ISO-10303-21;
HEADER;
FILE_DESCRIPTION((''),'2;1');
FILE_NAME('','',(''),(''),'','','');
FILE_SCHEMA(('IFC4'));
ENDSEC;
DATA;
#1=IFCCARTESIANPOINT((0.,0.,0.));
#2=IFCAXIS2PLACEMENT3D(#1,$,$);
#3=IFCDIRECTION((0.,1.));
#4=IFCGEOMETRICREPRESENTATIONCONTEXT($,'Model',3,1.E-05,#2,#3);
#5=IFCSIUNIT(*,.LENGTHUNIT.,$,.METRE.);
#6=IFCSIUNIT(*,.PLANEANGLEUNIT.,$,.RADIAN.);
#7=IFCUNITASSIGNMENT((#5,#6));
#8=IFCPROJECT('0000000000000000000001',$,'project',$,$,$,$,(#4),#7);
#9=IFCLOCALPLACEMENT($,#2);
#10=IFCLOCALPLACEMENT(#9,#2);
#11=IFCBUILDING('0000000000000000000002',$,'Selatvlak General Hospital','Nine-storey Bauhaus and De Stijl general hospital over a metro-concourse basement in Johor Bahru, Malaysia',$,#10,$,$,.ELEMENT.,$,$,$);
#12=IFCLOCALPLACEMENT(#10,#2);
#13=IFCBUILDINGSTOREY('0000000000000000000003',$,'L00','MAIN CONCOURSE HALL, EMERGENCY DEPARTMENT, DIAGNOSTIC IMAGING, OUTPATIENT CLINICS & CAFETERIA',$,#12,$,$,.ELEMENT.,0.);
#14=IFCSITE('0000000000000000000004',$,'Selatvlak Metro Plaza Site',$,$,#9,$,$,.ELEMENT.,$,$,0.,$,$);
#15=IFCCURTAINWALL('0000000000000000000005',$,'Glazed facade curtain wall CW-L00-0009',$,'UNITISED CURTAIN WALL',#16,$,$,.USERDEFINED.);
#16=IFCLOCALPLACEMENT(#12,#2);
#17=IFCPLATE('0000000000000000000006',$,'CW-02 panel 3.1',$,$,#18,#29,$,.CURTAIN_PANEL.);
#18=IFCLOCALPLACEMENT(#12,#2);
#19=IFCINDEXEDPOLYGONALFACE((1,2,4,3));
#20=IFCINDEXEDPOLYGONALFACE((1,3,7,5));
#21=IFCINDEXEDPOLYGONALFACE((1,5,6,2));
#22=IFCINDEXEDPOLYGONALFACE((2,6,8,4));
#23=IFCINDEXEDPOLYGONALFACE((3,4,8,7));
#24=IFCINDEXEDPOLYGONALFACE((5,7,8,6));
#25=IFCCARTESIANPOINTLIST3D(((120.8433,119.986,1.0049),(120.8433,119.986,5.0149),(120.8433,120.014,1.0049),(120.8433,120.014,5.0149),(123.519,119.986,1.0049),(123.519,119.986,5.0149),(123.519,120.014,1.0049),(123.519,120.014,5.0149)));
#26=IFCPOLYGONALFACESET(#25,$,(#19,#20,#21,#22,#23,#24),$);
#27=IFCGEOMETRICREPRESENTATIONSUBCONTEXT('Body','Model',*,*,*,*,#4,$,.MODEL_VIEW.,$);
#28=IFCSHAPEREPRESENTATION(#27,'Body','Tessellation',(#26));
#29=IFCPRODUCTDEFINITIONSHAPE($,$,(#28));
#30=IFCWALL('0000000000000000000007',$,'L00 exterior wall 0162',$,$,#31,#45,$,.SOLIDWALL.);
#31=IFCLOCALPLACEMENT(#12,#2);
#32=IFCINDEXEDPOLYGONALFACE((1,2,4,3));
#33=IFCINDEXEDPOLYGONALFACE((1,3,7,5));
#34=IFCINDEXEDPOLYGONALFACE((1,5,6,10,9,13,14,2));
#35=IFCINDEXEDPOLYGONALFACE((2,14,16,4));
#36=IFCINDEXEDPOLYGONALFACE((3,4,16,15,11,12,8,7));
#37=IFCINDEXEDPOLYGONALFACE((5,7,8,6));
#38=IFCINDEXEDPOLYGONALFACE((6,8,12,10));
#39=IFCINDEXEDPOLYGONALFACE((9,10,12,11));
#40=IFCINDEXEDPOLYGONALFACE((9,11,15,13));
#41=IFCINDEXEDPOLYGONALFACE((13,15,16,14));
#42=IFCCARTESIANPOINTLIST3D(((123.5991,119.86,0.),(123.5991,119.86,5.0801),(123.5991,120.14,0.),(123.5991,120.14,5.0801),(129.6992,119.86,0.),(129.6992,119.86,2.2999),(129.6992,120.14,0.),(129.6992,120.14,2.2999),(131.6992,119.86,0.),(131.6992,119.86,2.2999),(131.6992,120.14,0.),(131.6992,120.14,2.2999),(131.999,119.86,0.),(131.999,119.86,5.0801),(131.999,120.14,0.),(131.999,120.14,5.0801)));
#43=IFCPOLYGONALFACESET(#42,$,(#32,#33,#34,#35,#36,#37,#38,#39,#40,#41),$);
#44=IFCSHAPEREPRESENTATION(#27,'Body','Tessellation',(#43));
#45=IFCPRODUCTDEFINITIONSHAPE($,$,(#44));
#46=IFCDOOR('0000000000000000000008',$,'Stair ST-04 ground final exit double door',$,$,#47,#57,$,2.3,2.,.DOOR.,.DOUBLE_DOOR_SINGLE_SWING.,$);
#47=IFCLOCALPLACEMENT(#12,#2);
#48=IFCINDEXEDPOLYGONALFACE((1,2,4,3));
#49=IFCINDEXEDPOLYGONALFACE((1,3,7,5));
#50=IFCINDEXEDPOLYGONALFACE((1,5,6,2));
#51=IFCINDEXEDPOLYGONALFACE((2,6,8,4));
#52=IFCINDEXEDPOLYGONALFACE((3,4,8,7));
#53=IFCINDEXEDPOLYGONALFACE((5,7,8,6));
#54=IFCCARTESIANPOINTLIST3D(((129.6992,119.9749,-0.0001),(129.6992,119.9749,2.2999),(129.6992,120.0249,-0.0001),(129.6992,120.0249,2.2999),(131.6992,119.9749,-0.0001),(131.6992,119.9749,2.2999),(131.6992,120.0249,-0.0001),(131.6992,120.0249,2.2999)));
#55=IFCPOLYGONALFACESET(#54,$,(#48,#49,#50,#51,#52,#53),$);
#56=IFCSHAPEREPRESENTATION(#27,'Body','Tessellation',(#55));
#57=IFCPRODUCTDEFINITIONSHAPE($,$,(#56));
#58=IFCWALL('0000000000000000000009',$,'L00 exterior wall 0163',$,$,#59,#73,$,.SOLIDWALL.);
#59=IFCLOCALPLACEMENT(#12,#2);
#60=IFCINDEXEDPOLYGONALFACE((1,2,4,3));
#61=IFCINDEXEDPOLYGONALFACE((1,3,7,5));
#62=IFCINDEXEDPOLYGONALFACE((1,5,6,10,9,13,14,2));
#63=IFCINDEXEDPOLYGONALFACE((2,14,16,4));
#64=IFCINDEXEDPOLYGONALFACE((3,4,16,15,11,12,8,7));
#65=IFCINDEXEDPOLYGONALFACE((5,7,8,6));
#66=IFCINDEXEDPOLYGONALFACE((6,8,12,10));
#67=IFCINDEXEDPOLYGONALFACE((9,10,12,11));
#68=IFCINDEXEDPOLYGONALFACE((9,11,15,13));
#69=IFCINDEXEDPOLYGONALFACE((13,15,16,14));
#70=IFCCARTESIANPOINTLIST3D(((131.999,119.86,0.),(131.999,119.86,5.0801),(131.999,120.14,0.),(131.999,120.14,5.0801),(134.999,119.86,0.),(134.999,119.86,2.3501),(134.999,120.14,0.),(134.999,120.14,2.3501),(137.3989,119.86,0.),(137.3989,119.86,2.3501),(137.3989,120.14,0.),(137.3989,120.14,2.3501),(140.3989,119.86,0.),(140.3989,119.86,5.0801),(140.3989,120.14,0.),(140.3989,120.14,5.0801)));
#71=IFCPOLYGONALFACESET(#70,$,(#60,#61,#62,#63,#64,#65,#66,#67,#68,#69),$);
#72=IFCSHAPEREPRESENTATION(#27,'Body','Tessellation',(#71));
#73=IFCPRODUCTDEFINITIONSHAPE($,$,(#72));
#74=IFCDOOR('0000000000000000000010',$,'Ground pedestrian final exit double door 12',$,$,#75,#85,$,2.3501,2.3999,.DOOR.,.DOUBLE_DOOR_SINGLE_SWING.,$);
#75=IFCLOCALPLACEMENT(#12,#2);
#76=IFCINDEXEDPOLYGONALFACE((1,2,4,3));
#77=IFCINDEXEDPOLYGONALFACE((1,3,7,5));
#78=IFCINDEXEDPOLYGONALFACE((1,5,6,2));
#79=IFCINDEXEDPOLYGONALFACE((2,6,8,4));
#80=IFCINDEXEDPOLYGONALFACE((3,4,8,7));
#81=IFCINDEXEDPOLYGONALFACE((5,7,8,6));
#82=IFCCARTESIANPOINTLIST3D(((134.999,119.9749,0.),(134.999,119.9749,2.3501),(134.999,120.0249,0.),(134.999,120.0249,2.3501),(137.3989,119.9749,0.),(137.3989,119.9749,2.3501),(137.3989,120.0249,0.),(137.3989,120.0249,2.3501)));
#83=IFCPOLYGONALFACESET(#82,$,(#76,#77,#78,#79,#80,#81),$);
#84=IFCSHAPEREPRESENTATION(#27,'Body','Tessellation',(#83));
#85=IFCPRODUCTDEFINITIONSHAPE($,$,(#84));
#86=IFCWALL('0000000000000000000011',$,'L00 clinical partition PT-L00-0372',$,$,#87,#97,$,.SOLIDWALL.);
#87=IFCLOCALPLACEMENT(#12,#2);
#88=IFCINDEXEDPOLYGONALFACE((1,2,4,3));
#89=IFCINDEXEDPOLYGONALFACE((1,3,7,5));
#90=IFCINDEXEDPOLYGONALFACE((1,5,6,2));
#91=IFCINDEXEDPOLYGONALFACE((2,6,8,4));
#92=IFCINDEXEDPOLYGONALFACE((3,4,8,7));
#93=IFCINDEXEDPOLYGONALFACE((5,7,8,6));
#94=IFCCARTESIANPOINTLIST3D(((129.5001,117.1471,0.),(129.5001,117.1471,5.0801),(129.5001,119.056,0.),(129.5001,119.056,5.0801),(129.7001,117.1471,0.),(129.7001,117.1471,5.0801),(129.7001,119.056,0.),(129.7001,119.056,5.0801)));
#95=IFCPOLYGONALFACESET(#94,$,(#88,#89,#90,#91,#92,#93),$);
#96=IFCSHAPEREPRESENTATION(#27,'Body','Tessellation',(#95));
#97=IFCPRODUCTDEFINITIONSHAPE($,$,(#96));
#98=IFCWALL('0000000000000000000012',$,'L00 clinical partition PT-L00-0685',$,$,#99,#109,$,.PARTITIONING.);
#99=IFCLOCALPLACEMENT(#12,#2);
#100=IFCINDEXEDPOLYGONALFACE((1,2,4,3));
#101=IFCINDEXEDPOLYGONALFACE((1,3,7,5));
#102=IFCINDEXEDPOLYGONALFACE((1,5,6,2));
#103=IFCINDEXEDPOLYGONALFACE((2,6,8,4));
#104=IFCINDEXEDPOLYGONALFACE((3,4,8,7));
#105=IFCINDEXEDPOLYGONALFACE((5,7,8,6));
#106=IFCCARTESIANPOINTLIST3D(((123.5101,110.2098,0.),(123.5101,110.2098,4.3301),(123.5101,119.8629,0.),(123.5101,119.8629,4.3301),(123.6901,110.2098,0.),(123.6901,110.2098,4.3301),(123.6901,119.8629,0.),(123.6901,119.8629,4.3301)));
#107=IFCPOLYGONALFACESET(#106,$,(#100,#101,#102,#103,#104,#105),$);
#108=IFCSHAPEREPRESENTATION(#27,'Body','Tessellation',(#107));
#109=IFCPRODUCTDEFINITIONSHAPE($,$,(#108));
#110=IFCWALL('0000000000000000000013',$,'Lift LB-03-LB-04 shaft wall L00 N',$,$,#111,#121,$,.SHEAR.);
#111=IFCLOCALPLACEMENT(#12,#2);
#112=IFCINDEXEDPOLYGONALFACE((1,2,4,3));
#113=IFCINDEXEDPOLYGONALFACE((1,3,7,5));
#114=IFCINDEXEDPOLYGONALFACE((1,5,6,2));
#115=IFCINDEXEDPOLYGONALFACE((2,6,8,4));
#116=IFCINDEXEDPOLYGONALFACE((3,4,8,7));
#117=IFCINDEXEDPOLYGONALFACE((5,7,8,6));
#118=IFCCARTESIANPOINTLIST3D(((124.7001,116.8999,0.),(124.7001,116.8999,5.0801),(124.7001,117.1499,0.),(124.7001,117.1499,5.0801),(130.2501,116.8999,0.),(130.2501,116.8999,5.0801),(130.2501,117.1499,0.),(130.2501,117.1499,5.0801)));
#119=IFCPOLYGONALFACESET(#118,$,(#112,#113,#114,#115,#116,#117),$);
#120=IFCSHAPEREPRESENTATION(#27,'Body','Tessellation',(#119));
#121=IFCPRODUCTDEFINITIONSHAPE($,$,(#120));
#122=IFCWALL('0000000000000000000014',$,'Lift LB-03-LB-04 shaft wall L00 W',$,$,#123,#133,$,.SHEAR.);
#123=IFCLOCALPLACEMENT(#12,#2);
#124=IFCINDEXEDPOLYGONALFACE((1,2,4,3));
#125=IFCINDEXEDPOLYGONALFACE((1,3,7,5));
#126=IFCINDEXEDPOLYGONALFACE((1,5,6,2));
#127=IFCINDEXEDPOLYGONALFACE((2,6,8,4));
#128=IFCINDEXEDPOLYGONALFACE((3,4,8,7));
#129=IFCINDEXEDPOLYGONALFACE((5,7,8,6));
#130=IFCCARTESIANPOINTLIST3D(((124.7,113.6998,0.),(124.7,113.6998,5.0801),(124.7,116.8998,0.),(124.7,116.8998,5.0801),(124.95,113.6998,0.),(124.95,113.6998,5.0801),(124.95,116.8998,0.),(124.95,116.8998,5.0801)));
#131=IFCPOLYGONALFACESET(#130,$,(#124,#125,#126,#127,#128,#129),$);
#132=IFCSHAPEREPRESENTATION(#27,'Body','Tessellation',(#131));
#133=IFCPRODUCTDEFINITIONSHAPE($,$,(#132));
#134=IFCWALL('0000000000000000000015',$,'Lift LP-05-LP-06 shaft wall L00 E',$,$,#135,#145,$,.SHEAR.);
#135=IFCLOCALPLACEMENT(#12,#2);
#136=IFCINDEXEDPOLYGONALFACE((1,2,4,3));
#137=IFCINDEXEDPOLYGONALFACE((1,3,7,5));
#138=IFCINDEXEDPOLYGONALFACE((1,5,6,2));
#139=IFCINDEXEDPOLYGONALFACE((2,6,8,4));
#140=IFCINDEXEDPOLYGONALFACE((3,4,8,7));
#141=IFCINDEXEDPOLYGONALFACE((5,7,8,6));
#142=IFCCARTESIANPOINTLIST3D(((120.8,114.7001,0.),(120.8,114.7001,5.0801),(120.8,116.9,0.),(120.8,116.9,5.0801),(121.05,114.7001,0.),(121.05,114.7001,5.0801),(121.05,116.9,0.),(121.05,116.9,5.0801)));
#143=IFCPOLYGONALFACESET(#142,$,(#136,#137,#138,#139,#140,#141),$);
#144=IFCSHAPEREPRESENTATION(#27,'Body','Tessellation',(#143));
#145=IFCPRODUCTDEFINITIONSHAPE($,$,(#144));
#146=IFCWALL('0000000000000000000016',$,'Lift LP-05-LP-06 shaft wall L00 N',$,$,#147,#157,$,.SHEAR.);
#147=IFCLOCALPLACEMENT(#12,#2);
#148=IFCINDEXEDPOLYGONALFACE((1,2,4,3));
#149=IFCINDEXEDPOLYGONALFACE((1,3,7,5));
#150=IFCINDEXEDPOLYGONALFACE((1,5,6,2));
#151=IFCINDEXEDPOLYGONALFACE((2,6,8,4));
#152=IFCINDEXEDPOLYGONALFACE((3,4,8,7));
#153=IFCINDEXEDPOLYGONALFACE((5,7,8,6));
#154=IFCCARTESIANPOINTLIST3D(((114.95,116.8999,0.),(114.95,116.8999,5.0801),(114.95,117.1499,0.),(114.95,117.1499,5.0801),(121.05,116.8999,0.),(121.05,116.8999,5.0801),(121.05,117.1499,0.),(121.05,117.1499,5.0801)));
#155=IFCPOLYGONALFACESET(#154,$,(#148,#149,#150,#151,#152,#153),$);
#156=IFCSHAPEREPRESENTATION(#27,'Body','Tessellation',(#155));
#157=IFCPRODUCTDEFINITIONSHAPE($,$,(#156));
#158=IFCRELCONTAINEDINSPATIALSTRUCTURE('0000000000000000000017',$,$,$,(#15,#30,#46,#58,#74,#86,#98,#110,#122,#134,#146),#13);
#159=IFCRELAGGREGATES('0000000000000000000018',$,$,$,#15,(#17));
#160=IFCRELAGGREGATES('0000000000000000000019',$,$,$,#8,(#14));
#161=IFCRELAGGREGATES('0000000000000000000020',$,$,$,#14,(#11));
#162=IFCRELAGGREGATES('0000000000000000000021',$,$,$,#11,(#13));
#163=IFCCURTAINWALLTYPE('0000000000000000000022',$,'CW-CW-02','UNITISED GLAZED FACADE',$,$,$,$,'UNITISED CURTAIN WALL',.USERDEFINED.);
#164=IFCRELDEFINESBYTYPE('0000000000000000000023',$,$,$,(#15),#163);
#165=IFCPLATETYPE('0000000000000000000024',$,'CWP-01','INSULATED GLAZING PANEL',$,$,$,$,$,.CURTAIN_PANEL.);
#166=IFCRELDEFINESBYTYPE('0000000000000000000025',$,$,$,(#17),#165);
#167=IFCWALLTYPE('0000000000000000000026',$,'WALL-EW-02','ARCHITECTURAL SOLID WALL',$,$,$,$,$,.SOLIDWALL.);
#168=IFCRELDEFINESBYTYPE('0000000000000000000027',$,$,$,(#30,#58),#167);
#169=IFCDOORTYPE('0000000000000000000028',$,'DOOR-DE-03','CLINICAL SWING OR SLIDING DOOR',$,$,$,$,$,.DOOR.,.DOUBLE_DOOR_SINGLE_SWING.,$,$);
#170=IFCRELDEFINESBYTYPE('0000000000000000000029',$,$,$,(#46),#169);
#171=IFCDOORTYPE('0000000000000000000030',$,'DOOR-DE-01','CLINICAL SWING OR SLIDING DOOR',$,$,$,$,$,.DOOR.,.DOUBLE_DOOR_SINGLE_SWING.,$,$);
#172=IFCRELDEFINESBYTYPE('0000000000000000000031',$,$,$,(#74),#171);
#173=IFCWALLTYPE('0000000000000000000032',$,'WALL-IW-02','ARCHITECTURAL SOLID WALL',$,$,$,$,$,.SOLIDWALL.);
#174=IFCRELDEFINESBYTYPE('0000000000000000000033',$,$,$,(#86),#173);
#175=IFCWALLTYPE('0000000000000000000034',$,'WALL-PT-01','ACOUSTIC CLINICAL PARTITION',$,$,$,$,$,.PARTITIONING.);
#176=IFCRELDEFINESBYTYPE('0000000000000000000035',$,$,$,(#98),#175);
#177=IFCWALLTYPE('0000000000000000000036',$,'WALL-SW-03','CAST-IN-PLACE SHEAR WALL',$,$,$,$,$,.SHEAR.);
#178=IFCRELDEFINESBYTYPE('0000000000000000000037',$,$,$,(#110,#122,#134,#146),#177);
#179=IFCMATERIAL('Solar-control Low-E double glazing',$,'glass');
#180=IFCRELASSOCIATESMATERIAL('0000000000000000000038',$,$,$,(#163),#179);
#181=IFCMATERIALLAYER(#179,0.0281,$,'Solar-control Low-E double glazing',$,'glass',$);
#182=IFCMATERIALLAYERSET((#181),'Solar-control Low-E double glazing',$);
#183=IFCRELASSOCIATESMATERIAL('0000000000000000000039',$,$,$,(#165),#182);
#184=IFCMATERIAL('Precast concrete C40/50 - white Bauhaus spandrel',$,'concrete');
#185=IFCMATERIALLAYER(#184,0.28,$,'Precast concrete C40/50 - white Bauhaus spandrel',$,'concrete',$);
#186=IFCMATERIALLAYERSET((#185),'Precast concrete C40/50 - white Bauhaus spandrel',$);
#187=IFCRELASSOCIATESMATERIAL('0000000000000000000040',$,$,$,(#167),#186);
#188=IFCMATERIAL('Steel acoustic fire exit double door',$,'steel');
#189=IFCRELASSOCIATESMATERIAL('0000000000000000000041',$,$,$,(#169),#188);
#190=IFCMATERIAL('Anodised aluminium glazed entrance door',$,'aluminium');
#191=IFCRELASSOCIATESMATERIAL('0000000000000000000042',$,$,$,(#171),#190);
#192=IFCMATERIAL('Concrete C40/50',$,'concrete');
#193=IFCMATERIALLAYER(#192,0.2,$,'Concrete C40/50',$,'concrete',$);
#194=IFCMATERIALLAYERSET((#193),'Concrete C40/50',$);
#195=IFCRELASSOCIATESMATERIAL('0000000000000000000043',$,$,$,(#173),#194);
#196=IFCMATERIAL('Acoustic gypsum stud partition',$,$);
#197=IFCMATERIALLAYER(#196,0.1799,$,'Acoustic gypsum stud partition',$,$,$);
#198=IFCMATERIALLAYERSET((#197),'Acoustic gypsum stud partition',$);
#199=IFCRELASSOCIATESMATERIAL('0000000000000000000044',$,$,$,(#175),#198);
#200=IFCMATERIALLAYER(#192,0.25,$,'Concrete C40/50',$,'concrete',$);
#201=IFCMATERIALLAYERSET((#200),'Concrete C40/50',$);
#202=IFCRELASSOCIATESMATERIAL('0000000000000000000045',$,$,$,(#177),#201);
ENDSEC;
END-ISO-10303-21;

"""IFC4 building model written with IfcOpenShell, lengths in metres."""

from ifc_helpers import new_model, si_unit, direction, frame, frame_2d, origin, origin_2d, place, context, subcontext, project, spatial, rectangle, extrude, material, layer, layer_set, type_object, element, fill, aggregate, save


model = new_model("IFC4")

# Units and contexts
model_context = context("Model", 3, precision=1e-05, world=origin(), true_north=direction((0.0, 1.0)))
body_context = subcontext(model_context, "Body", "Model", "MODEL_VIEW")
ifc_project = project(units=[si_unit("LENGTHUNIT", "METRE"), si_unit("PLANEANGLEUNIT", "RADIAN")], contexts=[model_context])

# Site, building, storey
site_placement = place(None, origin())
site = spatial("IfcSite", under=ifc_project, at=site_placement, Name="Selatvlak Metro Plaza Site", CompositionType="ELEMENT", RefElevation=0.0)
building_placement = place(site_placement, origin())
building = spatial("IfcBuilding", under=site, at=building_placement, Name="Selatvlak General Hospital", Description="Nine-storey Bauhaus and De Stijl general hospital over a metro-concourse basement in Johor Bahru, Malaysia", CompositionType="ELEMENT")
storey_placement = place(building_placement, origin())
storey = spatial("IfcBuildingStorey", under=building, at=storey_placement, Name="L00", Description="MAIN CONCOURSE HALL, EMERGENCY DEPARTMENT, DIAGNOSTIC IMAGING, OUTPATIENT CLINICS & CAFETERIA", CompositionType="ELEMENT", Elevation=0.0)

# Shared definitions
ifc_material_1 = material(Name="Concrete C40/50", Category="concrete")

# Curtain wall, plate
ifc_material_2 = material(Name="Solar-control Low-E double glazing", Category="glass")
curtain_wall_type = type_object("IfcCurtainWallType", Name="CW-CW-02", Description="UNITISED GLAZED FACADE", ElementType="UNITISED CURTAIN WALL", PredefinedType="USERDEFINED", material=ifc_material_2)
curtain_wall_placement = place(storey_placement, origin())
curtain_wall = element("IfcCurtainWall", 1, at=curtain_wall_placement, inside=storey, type_object=curtain_wall_type, Name="Glazed facade curtain wall CW-L00-0009", ObjectType="UNITISED CURTAIN WALL", PredefinedType="USERDEFINED")
ifc_layer_1 = layer(ifc_material_2, 0.0281, Name="Solar-control Low-E double glazing", Category="glass")
ifc_layer_set_1 = layer_set([ifc_layer_1], Name="Solar-control Low-E double glazing")
plate_type = type_object("IfcPlateType", Name="CWP-01", Description="INSULATED GLAZING PANEL", PredefinedType="CURTAIN_PANEL", material=ifc_layer_set_1)
plate_1_placement = place(storey_placement, frame((122.1812, 120.0, 1.0049), z_axis=(0.0, 0.0, 1.0), x_axis=(1.0, 0.0, 0.0)))
plate_1 = element("IfcPlate", 2, at=plate_1_placement, type_object=plate_type, Name="CW-02 panel 3.1", PredefinedType="CURTAIN_PANEL", context=body_context, shape_type="SweptSolid", body=[
    extrude(rectangle(XDim=2.6758, YDim=0.0281, at=origin_2d()), origin(), (0.0, 0.0, 1.0), 4.01),
])
aggregate(curtain_wall, [plate_1])

# Walls, openings, doors
ifc_material_3 = material(Name="Precast concrete C40/50 - white Bauhaus spandrel", Category="concrete")
ifc_layer_2 = layer(ifc_material_3, 0.28, Name="Precast concrete C40/50 - white Bauhaus spandrel", Category="concrete")
ifc_layer_set_2 = layer_set([ifc_layer_2], Name="Precast concrete C40/50 - white Bauhaus spandrel")
wall_type_1 = type_object("IfcWallType", Name="WALL-EW-02", Description="ARCHITECTURAL SOLID WALL", PredefinedType="SOLIDWALL", material=ifc_layer_set_2)
wall_1_placement = place(storey_placement, frame((123.5991, 120.0, 0.0), z_axis=(0.0, 0.0, 1.0), x_axis=(1.0, 0.0, 0.0)))
wall_1 = element("IfcWall", 3, at=wall_1_placement, inside=storey, type_object=wall_type_1, Name="L00 exterior wall 0162", PredefinedType="SOLIDWALL", context=body_context, shape_type="SweptSolid", body=[
    extrude(rectangle(XDim=8.3999, YDim=0.28, at=frame_2d((4.2, 0.0))), origin(), (0.0, 0.0, 1.0), 5.0801),
])
opening_1_placement = place(wall_1_placement, frame((6.1001, 0.0, 0.0)))
opening_1 = element("IfcOpeningElement", 4, at=opening_1_placement, cuts=wall_1, PredefinedType="OPENING", context=body_context, shape_type="SweptSolid", body=[
    extrude(rectangle(XDim=2.0, YDim=2.3, at=frame_2d((1.0, 1.1499))), frame((0.0, 0.1499, 0.0), z_axis=(0.0, -1.0, 0.0), x_axis=(1.0, 0.0, 0.0)), (0.0, 0.0, 1.0), 0.3),
])
ifc_material_4 = material(Name="Steel acoustic fire exit double door", Category="steel")
door_type_1 = type_object("IfcDoorType", Name="DOOR-DE-03", Description="CLINICAL SWING OR SLIDING DOOR", OperationType="DOUBLE_DOOR_SINGLE_SWING", PredefinedType="DOOR", material=ifc_material_4)
door_1_placement = place(opening_1_placement, origin())
door_1 = element("IfcDoor", 5, at=door_1_placement, inside=storey, type_object=door_type_1, Name="Stair ST-04 ground final exit double door", OperationType="DOUBLE_DOOR_SINGLE_SWING", OverallHeight=2.3, OverallWidth=2.0, PredefinedType="DOOR", context=body_context, shape_type="SweptSolid", body=[
    extrude(rectangle(XDim=2.0, YDim=2.3, at=frame_2d((1.0, 1.1499))), frame((0.0, 0.0249, 0.0), z_axis=(0.0, -1.0, 0.0), x_axis=(1.0, 0.0, 0.0)), (0.0, 0.0, 1.0), 0.05),
])
fill(opening_1, door_1)
wall_2_placement = place(storey_placement, frame((131.999, 120.0, 0.0), z_axis=(0.0, 0.0, 1.0), x_axis=(1.0, 0.0, 0.0)))
wall_2 = element("IfcWall", 6, at=wall_2_placement, inside=storey, type_object=wall_type_1, Name="L00 exterior wall 0163", PredefinedType="SOLIDWALL", context=body_context, shape_type="SweptSolid", body=[
    extrude(rectangle(XDim=8.3999, YDim=0.28, at=frame_2d((4.2, 0.0))), origin(), (0.0, 0.0, 1.0), 5.0801),
])
opening_2_placement = place(wall_2_placement, frame((3.0, 0.0, 0.0)))
opening_2 = element("IfcOpeningElement", 7, at=opening_2_placement, cuts=wall_2, PredefinedType="OPENING", context=body_context, shape_type="SweptSolid", body=[
    extrude(rectangle(XDim=2.3999, YDim=2.3501, at=frame_2d((1.2, 1.175))), frame((0.0, 0.1499, 0.0), z_axis=(0.0, -1.0, 0.0), x_axis=(1.0, 0.0, 0.0)), (0.0, 0.0, 1.0), 0.3),
])
ifc_material_5 = material(Name="Anodised aluminium glazed entrance door", Category="aluminium")
door_type_2 = type_object("IfcDoorType", Name="DOOR-DE-01", Description="CLINICAL SWING OR SLIDING DOOR", OperationType="DOUBLE_DOOR_SINGLE_SWING", PredefinedType="DOOR", material=ifc_material_5)
door_2_placement = place(opening_2_placement, origin())
door_2 = element("IfcDoor", 8, at=door_2_placement, inside=storey, type_object=door_type_2, Name="Ground pedestrian final exit double door 12", OperationType="DOUBLE_DOOR_SINGLE_SWING", OverallHeight=2.3501, OverallWidth=2.3999, PredefinedType="DOOR", context=body_context, shape_type="SweptSolid", body=[
    extrude(rectangle(XDim=2.3999, YDim=2.3501, at=frame_2d((1.2, 1.175))), frame((0.0, 0.0249, 0.0), z_axis=(0.0, -1.0, 0.0), x_axis=(1.0, 0.0, 0.0)), (0.0, 0.0, 1.0), 0.05),
])
fill(opening_2, door_2)

# Walls
ifc_layer_3 = layer(ifc_material_1, 0.2, Name="Concrete C40/50", Category="concrete")
ifc_layer_set_3 = layer_set([ifc_layer_3], Name="Concrete C40/50")
wall_type_2 = type_object("IfcWallType", Name="WALL-IW-02", Description="ARCHITECTURAL SOLID WALL", PredefinedType="SOLIDWALL", material=ifc_layer_set_3)
wall_3_placement = place(storey_placement, frame((129.6001, 117.147, 0.0), z_axis=(0.0, 0.0, 1.0), x_axis=(0.0, 1.0, 0.0)))
element("IfcWall", 9, at=wall_3_placement, inside=storey, type_object=wall_type_2, Name="L00 clinical partition PT-L00-0372", PredefinedType="SOLIDWALL", context=body_context, shape_type="SweptSolid", body=[
    extrude(rectangle(XDim=1.9089, YDim=0.2, at=frame_2d((0.9546, 0.0))), origin(), (0.0, 0.0, 1.0), 5.0801),
])
ifc_material_6 = material(Name="Acoustic gypsum stud partition")
ifc_layer_4 = layer(ifc_material_6, 0.1799, Name="Acoustic gypsum stud partition")
ifc_layer_set_4 = layer_set([ifc_layer_4], Name="Acoustic gypsum stud partition")
wall_type_3 = type_object("IfcWallType", Name="WALL-PT-01", Description="ACOUSTIC CLINICAL PARTITION", PredefinedType="PARTITIONING", material=ifc_layer_set_4)
wall_4_placement = place(storey_placement, frame((123.6001, 119.863, 0.0), z_axis=(0.0, 0.0, 1.0), x_axis=(0.0, -1.0, 0.0)))
element("IfcWall", 10, at=wall_4_placement, inside=storey, type_object=wall_type_3, Name="L00 clinical partition PT-L00-0685", PredefinedType="PARTITIONING", context=body_context, shape_type="SweptSolid", body=[
    extrude(rectangle(XDim=9.6531, YDim=0.1799, at=frame_2d((4.8267, 0.0))), origin(), (0.0, 0.0, 1.0), 4.3301),
])
ifc_layer_5 = layer(ifc_material_1, 0.25, Name="Concrete C40/50", Category="concrete")
ifc_layer_set_5 = layer_set([ifc_layer_5], Name="Concrete C40/50")
wall_type_4 = type_object("IfcWallType", Name="WALL-SW-03", Description="CAST-IN-PLACE SHEAR WALL", PredefinedType="SHEAR", material=ifc_layer_set_5)
wall_5_placement = place(storey_placement, frame((130.25, 117.0249, 0.0), z_axis=(0.0, 0.0, 1.0), x_axis=(-1.0, 0.0, 0.0)))
element("IfcWall", 11, at=wall_5_placement, inside=storey, type_object=wall_type_4, Name="Lift LB-03-LB-04 shaft wall L00 N", PredefinedType="SHEAR", context=body_context, shape_type="SweptSolid", body=[
    extrude(rectangle(XDim=5.55, YDim=0.25, at=frame_2d((2.7749, 0.0))), origin(), (0.0, 0.0, 1.0), 5.0801),
])
wall_6_placement = place(storey_placement, frame((124.825, 116.8999, 0.0), z_axis=(0.0, 0.0, 1.0), x_axis=(0.0, -1.0, 0.0)))
element("IfcWall", 12, at=wall_6_placement, inside=storey, type_object=wall_type_4, Name="Lift LB-03-LB-04 shaft wall L00 W", PredefinedType="SHEAR", context=body_context, shape_type="SweptSolid", body=[
    extrude(rectangle(XDim=3.2, YDim=0.25, at=frame_2d((1.6001, 0.0))), origin(), (0.0, 0.0, 1.0), 5.0801),
])
wall_7_placement = place(storey_placement, frame((120.925, 114.7, 0.0), z_axis=(0.0, 0.0, 1.0), x_axis=(0.0, 1.0, 0.0)))
element("IfcWall", 13, at=wall_7_placement, inside=storey, type_object=wall_type_4, Name="Lift LP-05-LP-06 shaft wall L00 E", PredefinedType="SHEAR", context=body_context, shape_type="SweptSolid", body=[
    extrude(rectangle(XDim=2.2, YDim=0.25, at=frame_2d((1.1001, 0.0))), origin(), (0.0, 0.0, 1.0), 5.0801),
])
wall_8_placement = place(storey_placement, frame((121.05, 117.0249, 0.0), z_axis=(0.0, 0.0, 1.0), x_axis=(-1.0, 0.0, 0.0)))
element("IfcWall", 14, at=wall_8_placement, inside=storey, type_object=wall_type_4, Name="Lift LP-05-LP-06 shaft wall L00 N", PredefinedType="SHEAR", context=body_context, shape_type="SweptSolid", body=[
    extrude(rectangle(XDim=6.1001, YDim=0.25, at=frame_2d((3.05, 0.0))), origin(), (0.0, 0.0, 1.0), 5.0801),
])

save(model, "model.ifc")
